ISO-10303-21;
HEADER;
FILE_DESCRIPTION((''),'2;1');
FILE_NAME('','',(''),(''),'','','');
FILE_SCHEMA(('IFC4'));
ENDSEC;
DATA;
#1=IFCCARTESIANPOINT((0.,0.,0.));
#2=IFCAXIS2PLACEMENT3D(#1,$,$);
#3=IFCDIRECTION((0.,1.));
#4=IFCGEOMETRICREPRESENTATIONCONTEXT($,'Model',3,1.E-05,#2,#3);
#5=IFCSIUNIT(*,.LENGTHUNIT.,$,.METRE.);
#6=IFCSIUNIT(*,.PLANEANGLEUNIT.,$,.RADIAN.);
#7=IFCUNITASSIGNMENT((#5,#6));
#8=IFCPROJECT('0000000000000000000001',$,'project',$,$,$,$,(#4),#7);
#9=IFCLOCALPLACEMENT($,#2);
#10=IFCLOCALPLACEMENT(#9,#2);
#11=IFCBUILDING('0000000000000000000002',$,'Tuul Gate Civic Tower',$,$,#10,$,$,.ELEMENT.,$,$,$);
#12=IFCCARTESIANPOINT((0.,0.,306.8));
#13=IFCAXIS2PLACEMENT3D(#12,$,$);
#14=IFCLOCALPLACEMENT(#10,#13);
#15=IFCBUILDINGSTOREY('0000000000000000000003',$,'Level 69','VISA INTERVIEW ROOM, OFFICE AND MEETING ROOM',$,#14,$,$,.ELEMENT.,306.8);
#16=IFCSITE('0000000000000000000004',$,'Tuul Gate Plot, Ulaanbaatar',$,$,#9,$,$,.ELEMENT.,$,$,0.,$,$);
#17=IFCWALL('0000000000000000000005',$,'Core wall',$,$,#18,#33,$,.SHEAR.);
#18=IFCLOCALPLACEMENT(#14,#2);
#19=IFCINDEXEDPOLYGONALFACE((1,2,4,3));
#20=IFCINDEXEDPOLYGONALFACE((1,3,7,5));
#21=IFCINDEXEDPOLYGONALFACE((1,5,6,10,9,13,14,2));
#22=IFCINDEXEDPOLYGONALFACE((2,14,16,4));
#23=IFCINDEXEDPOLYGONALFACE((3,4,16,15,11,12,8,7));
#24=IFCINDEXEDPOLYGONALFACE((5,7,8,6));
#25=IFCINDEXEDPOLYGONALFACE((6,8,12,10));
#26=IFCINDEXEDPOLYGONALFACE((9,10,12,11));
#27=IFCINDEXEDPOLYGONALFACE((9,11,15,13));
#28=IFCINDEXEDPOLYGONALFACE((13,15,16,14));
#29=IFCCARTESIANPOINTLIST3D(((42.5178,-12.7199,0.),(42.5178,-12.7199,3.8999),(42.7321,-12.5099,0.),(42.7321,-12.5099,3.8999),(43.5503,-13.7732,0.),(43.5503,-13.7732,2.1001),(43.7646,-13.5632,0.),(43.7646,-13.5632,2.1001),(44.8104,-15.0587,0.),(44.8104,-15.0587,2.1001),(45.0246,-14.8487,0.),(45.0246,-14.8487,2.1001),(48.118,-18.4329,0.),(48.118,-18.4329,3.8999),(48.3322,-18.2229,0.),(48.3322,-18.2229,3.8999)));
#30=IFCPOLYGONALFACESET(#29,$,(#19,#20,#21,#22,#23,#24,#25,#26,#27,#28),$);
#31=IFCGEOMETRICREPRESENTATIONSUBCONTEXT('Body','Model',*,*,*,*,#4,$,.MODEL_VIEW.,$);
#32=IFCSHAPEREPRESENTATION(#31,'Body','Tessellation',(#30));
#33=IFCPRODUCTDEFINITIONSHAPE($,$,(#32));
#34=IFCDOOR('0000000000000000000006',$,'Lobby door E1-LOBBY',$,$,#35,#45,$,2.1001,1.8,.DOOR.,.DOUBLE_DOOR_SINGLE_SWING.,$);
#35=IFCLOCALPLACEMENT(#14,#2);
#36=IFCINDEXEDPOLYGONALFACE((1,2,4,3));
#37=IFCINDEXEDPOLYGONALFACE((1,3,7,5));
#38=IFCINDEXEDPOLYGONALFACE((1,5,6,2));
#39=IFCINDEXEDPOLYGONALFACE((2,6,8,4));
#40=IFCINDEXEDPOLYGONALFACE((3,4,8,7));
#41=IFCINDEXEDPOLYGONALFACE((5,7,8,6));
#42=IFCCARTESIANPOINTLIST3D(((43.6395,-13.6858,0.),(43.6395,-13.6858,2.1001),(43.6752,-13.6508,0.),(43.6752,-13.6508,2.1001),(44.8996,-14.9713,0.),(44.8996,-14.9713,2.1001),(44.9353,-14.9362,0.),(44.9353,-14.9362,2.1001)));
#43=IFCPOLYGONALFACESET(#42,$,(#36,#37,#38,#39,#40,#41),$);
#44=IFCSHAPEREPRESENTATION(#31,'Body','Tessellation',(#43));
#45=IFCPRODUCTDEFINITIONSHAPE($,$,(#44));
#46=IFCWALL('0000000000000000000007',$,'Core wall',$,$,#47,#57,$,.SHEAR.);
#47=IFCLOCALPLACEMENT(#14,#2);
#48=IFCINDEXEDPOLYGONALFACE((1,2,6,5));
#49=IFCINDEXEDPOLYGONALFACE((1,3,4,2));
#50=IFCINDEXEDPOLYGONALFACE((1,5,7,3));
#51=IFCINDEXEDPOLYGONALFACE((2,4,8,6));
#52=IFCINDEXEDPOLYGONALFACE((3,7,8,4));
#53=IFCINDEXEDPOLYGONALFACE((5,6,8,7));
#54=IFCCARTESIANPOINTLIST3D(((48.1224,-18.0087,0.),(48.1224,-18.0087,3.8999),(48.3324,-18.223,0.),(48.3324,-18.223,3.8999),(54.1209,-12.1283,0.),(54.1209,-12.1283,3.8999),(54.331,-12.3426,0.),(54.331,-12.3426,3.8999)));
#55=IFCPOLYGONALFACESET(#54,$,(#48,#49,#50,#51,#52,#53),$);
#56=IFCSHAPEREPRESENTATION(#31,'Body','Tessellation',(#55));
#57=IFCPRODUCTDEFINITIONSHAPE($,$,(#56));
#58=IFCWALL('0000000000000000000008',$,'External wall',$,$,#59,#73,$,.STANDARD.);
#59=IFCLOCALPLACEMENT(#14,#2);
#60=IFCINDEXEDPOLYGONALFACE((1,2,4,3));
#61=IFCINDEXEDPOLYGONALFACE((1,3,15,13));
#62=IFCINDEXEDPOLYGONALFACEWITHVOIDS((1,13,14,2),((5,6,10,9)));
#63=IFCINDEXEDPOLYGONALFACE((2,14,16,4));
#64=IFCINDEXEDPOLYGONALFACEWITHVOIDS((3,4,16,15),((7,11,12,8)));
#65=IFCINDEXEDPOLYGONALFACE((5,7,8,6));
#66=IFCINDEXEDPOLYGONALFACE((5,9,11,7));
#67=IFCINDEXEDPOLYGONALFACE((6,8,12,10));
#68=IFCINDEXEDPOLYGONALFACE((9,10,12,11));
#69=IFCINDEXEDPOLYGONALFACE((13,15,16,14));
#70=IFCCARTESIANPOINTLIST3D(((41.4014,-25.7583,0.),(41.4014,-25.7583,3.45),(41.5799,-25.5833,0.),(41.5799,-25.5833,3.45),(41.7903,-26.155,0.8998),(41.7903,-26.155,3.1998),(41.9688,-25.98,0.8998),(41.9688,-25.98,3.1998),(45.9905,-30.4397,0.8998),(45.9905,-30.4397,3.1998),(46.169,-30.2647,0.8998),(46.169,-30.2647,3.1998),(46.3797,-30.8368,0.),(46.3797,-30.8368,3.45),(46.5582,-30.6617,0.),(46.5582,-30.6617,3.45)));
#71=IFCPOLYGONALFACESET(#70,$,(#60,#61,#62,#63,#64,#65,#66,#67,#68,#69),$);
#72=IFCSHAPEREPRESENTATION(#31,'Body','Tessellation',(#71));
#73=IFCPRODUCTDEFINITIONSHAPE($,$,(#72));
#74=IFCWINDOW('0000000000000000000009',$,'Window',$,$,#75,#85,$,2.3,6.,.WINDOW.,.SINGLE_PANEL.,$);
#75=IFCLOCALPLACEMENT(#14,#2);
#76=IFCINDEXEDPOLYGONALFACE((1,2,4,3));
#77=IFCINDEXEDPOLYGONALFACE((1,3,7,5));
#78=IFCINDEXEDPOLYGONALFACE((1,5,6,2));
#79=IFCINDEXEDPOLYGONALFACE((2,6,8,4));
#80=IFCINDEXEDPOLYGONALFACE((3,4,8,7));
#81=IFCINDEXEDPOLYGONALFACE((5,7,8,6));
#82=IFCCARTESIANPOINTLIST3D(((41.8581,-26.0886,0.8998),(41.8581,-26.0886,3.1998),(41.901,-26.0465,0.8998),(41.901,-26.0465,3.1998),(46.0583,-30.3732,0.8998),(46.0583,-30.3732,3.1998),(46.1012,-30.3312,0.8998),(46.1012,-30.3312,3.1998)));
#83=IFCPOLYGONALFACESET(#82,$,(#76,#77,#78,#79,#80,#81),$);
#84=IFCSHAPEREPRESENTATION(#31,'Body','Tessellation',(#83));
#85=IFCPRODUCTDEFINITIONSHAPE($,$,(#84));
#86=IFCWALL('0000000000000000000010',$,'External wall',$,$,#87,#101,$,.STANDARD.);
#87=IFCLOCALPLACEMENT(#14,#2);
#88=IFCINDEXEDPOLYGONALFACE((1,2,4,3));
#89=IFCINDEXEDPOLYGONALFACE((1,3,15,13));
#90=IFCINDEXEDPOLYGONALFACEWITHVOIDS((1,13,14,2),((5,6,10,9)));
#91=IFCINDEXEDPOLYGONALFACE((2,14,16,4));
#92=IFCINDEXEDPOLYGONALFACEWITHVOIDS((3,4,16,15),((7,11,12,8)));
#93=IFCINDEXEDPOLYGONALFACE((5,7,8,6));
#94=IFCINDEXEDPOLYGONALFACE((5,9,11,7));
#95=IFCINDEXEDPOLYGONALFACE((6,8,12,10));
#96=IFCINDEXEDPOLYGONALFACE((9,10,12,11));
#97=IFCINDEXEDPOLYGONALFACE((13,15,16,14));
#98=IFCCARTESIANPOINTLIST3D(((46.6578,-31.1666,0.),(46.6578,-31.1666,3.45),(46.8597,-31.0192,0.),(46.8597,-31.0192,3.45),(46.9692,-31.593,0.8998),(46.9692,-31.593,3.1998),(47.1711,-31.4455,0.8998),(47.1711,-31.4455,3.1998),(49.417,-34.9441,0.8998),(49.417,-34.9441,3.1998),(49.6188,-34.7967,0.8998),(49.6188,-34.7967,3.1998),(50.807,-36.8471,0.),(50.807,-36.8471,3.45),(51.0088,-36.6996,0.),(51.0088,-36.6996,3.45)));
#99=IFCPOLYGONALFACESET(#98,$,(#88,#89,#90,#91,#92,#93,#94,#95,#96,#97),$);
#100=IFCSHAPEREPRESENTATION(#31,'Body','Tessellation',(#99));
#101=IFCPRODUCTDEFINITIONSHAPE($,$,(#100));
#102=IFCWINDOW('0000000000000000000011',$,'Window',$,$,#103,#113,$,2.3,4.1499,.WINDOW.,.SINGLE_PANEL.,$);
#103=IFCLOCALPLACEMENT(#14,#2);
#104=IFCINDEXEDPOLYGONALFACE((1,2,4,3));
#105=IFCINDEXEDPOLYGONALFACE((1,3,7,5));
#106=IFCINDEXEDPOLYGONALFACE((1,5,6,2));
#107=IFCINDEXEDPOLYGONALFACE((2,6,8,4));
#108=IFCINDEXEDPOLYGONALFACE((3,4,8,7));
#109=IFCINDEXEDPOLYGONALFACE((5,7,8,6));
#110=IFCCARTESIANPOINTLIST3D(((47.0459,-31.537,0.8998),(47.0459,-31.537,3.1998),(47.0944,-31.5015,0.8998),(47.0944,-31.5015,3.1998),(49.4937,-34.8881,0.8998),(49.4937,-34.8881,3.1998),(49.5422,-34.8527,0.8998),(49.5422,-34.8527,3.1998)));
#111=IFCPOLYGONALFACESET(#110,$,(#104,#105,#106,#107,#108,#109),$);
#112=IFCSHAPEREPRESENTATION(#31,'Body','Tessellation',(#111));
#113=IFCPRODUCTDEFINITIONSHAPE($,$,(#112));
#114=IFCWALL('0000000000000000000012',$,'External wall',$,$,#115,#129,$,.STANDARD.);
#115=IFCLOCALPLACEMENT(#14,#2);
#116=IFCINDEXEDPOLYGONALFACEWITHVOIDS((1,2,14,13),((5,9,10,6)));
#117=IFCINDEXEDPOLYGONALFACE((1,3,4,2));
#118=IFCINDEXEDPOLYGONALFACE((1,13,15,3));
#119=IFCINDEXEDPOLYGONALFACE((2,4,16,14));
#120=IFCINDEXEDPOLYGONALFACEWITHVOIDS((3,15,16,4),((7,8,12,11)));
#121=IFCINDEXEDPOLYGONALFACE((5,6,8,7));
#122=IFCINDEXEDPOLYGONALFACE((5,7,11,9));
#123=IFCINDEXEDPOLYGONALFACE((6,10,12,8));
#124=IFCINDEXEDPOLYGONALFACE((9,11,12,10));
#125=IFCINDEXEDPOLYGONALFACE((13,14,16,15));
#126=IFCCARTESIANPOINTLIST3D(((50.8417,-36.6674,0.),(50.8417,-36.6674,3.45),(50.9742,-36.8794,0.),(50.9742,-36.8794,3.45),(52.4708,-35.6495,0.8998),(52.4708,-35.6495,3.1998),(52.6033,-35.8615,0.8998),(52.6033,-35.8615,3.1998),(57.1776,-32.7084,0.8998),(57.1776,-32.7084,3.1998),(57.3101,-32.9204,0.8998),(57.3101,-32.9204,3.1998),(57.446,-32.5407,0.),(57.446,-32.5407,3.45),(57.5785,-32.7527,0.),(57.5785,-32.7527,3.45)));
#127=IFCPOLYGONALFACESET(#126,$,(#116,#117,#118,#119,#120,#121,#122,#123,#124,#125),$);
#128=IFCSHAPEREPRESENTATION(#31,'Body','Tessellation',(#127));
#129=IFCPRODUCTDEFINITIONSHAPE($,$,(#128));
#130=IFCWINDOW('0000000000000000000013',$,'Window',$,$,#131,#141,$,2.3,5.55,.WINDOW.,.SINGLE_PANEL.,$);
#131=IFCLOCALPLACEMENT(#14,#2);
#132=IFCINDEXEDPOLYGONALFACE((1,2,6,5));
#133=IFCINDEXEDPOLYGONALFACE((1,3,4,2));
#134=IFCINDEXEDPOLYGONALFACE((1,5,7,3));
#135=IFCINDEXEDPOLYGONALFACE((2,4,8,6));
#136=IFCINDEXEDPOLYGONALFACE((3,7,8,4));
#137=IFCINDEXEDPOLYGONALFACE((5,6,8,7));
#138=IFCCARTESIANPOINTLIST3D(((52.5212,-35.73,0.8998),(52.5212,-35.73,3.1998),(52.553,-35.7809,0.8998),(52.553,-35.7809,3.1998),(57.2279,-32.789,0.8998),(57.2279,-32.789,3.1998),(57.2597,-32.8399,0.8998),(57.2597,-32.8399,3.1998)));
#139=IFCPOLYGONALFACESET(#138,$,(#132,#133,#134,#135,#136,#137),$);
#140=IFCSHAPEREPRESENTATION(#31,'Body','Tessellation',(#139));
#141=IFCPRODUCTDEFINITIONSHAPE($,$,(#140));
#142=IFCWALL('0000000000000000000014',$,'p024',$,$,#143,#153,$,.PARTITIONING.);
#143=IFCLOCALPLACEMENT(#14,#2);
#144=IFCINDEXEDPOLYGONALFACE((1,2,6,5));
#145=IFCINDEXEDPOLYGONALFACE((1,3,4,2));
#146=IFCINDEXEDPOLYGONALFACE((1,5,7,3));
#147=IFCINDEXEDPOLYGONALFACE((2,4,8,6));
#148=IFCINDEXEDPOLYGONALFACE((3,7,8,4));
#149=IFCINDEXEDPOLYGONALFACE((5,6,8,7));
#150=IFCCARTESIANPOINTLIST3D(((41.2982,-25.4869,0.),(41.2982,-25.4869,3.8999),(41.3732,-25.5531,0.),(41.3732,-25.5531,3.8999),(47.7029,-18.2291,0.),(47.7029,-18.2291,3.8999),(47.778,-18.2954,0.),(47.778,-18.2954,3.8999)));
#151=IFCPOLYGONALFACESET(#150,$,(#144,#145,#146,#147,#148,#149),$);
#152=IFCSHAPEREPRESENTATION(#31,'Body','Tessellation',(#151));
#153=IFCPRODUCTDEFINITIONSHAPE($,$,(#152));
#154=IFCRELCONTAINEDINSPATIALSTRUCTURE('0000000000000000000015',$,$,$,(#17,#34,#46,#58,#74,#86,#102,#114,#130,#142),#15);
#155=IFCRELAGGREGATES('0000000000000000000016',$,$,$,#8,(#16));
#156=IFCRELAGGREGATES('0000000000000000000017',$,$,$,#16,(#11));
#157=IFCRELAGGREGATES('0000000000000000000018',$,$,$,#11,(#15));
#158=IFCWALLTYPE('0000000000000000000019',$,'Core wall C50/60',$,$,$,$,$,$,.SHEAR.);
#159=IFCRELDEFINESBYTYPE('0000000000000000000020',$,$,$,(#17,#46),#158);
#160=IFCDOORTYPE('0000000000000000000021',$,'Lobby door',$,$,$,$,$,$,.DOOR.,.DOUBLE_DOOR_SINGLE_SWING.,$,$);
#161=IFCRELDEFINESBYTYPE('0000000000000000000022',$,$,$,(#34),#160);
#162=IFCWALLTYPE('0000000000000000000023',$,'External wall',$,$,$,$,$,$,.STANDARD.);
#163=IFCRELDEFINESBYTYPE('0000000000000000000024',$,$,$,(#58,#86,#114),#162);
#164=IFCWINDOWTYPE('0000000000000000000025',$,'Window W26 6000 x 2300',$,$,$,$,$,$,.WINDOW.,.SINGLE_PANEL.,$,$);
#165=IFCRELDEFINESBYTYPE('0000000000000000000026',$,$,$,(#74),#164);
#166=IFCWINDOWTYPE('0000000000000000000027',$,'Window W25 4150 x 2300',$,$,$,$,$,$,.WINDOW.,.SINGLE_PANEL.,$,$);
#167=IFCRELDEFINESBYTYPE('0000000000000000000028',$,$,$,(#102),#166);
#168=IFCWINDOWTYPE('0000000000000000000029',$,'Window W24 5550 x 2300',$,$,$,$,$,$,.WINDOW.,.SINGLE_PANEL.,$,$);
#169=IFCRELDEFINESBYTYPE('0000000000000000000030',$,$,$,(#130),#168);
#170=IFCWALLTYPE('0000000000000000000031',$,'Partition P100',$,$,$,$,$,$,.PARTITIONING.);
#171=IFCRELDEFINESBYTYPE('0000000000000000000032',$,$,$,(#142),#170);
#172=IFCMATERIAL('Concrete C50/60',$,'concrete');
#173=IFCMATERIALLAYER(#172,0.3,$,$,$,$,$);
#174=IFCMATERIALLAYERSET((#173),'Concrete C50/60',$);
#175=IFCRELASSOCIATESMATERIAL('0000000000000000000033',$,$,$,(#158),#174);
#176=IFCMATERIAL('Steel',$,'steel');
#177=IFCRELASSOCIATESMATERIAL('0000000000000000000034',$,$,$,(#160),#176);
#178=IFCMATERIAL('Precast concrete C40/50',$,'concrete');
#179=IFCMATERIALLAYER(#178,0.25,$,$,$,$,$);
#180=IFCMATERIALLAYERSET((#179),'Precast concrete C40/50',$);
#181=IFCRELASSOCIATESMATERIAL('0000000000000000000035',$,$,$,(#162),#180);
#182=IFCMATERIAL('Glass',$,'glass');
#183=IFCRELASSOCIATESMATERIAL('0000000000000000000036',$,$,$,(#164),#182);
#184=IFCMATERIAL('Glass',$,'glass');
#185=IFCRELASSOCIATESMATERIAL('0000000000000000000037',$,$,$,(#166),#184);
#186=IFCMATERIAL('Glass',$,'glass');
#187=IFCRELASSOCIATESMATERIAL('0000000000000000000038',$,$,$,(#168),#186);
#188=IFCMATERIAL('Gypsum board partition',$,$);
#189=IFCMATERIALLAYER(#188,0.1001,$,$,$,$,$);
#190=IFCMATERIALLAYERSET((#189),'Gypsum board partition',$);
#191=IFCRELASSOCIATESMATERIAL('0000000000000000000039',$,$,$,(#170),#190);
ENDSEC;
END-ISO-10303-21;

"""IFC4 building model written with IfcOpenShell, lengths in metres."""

from ifc_helpers import new_model, si_unit, direction, frame, frame_2d, origin, place, context, subcontext, project, spatial, rectangle, extrude, material, layer, layer_set, type_object, element, fill, save


model = new_model("IFC4")

# Units and contexts
model_context = context("Model", 3, precision=1e-05, world=origin(), true_north=direction((0.0, 1.0)))
body_context = subcontext(model_context, "Body", "Model", "MODEL_VIEW")
ifc_project = project(units=[si_unit("LENGTHUNIT", "METRE"), si_unit("PLANEANGLEUNIT", "RADIAN")], contexts=[model_context])

# Site, building, storey
site_placement = place(None, origin())
site = spatial("IfcSite", under=ifc_project, at=site_placement, Name="Tuul Gate Plot, Ulaanbaatar", CompositionType="ELEMENT", RefElevation=0.0)
building_placement = place(site_placement, origin())
building = spatial("IfcBuilding", under=site, at=building_placement, Name="Tuul Gate Civic Tower", CompositionType="ELEMENT")
storey_placement = place(building_placement, frame((0.0, 0.0, 306.8)))
storey = spatial("IfcBuildingStorey", under=building, at=storey_placement, Name="Level 69", Description="VISA INTERVIEW ROOM, OFFICE AND MEETING ROOM", CompositionType="ELEMENT", Elevation=306.8)

# Wall, opening, door
ifc_material_1 = material(Name="Concrete C50/60", Category="concrete")
ifc_layer_1 = layer(ifc_material_1, 0.3)
ifc_layer_set_1 = layer_set([ifc_layer_1], Name="Concrete C50/60")
wall_type_1 = type_object("IfcWallType", Name="Core wall C50/60", PredefinedType="SHEAR", material=ifc_layer_set_1)
wall_1_placement = place(storey_placement, frame((48.2251, -18.3279, 0.0), z_axis=(0.0, 0.0, 1.0), x_axis=(-0.700022, 0.714121, 0.0)))
wall_1 = element("IfcWall", 1, at=wall_1_placement, inside=storey, type_object=wall_type_1, Name="Core wall", PredefinedType="SHEAR", context=body_context, shape_type="SweptSolid", body=[
    extrude(rectangle(XDim=8.0, YDim=0.3, at=frame_2d((4.0, 0.0))), origin(), (0.0, 0.0, 1.0), 3.8999),
])
opening_1_placement = place(wall_1_placement, frame((4.7251, 0.0, 0.0)))
opening_1 = element("IfcOpeningElement", 2, at=opening_1_placement, cuts=wall_1, PredefinedType="OPENING", context=body_context, shape_type="SweptSolid", body=[
    extrude(rectangle(XDim=1.8, YDim=2.1001, at=frame_2d((0.8999, 1.05))), frame((0.0, 0.1602, 0.0), z_axis=(0.0, -1.0, 0.0), x_axis=(1.0, 0.0, 0.0)), (0.0, 0.0, 1.0), 0.3201),
])
ifc_material_2 = material(Name="Steel", Category="steel")
door_type = type_object("IfcDoorType", Name="Lobby door", OperationType="DOUBLE_DOOR_SINGLE_SWING", PredefinedType="DOOR", material=ifc_material_2)
door_placement = place(opening_1_placement, frame((1.8, 0.0, 0.0), z_axis=(0.0, 0.0, 1.0), x_axis=(-1.0, 0.0, 0.0)))
door = element("IfcDoor", 3, at=door_placement, inside=storey, type_object=door_type, Name="Lobby door E1-LOBBY", OperationType="DOUBLE_DOOR_SINGLE_SWING", OverallHeight=2.1001, OverallWidth=1.8, PredefinedType="DOOR", context=body_context, shape_type="SweptSolid", body=[
    extrude(rectangle(XDim=1.8, YDim=2.1001, at=frame_2d((0.9001, 1.05))), frame((0.0, 0.0249, 0.0), z_axis=(0.0, -1.0, 0.0), x_axis=(1.0, 0.0, 0.0)), (0.0, 0.0, 1.0), 0.05),
])
fill(opening_1, door)

# Wall
wall_2_placement = place(storey_placement, frame((48.2273, -18.116, 0.0), z_axis=(0.0, 0.0, 1.0), x_axis=(0.714105, 0.700038, 0.0)))
element("IfcWall", 4, at=wall_2_placement, inside=storey, type_object=wall_type_1, Name="Core wall", PredefinedType="SHEAR", context=body_context, shape_type="SweptSolid", body=[
    extrude(rectangle(XDim=8.4001, YDim=0.3, at=frame_2d((4.2002, 0.0))), origin(), (0.0, 0.0, 1.0), 3.8999),
])

# Walls, openings, windows
ifc_material_3 = material(Name="Precast concrete C40/50", Category="concrete")
ifc_layer_2 = layer(ifc_material_3, 0.25)
ifc_layer_set_2 = layer_set([ifc_layer_2], Name="Precast concrete C40/50")
wall_type_2 = type_object("IfcWallType", Name="External wall", PredefinedType="STANDARD", material=ifc_layer_set_2)
wall_3_placement = place(storey_placement, frame((41.4907, -25.6709, 0.0), z_axis=(0.0, 0.0, 1.0), x_axis=(0.700034, -0.71411, 0.0)))
wall_3 = element("IfcWall", 5, at=wall_3_placement, inside=storey, type_object=wall_type_2, Name="External wall", PredefinedType="STANDARD", context=body_context, shape_type="SweptSolid", body=[
    extrude(rectangle(XDim=7.1116, YDim=0.25, at=frame_2d((3.5557, 0.0))), origin(), (0.0, 0.0, 1.0), 3.45),
])
opening_2_placement = place(wall_3_placement, frame((0.5554, 0.0, 0.8999)))
opening_2 = element("IfcOpeningElement", 6, at=opening_2_placement, cuts=wall_3, PredefinedType="OPENING", context=body_context, shape_type="SweptSolid", body=[
    extrude(rectangle(XDim=6.0, YDim=2.3, at=frame_2d((3.0, 1.1499))), frame((0.0, 0.135, 0.0), z_axis=(0.0, -1.0, 0.0), x_axis=(1.0, 0.0, 0.0)), (0.0, 0.0, 1.0), 0.27),
])
ifc_material_4 = material(Name="Glass", Category="glass")
window_type_1 = type_object("IfcWindowType", Name="Window W26 6000 x 2300", PartitioningType="SINGLE_PANEL", PredefinedType="WINDOW", material=ifc_material_4)
window_1_placement = place(opening_2_placement, origin())
window_1 = element("IfcWindow", 7, at=window_1_placement, inside=storey, type_object=window_type_1, Name="Window", OverallHeight=2.3, OverallWidth=6.0, PartitioningType="SINGLE_PANEL", PredefinedType="WINDOW", context=body_context, shape_type="SweptSolid", body=[
    extrude(rectangle(XDim=6.0, YDim=2.3, at=frame_2d((3.0, 1.1499))), frame((0.0, 0.03, 0.0), z_axis=(0.0, -1.0, 0.0), x_axis=(1.0, 0.0, 0.0)), (0.0, 0.0, 1.0), 0.0601),
])
fill(opening_2, window_1)
wall_4_placement = place(storey_placement, frame((46.7588, -31.093, 0.0), z_axis=(0.0, 0.0, 1.0), x_axis=(0.58984, -0.80752, 0.0)))
wall_4 = element("IfcWall", 8, at=wall_4_placement, inside=storey, type_object=wall_type_2, Name="External wall", PredefinedType="STANDARD", context=body_context, shape_type="SweptSolid", body=[
    extrude(rectangle(XDim=7.0344, YDim=0.25, at=frame_2d((3.5171, 0.0))), origin(), (0.0, 0.0, 1.0), 3.45),
])
opening_3_placement = place(wall_4_placement, frame((0.5278, 0.0, 0.8999)))
opening_3 = element("IfcOpeningElement", 9, at=opening_3_placement, cuts=wall_4, PredefinedType="OPENING", context=body_context, shape_type="SweptSolid", body=[
    extrude(rectangle(XDim=4.1499, YDim=2.3, at=frame_2d((2.075, 1.1499))), frame((0.0, 0.135, 0.0), z_axis=(0.0, -1.0, 0.0), x_axis=(1.0, 0.0, 0.0)), (0.0, 0.0, 1.0), 0.27),
])
ifc_material_5 = material(Name="Glass", Category="glass")
window_type_2 = type_object("IfcWindowType", Name="Window W25 4150 x 2300", PartitioningType="SINGLE_PANEL", PredefinedType="WINDOW", material=ifc_material_5)
window_2_placement = place(opening_3_placement, origin())
window_2 = element("IfcWindow", 10, at=window_2_placement, inside=storey, type_object=window_type_2, Name="Window", OverallHeight=2.3, OverallWidth=4.1499, PartitioningType="SINGLE_PANEL", PredefinedType="WINDOW", context=body_context, shape_type="SweptSolid", body=[
    extrude(rectangle(XDim=4.1499, YDim=2.3, at=frame_2d((2.075, 1.1499))), frame((0.0, 0.03, 0.0), z_axis=(0.0, -1.0, 0.0), x_axis=(1.0, 0.0, 0.0)), (0.0, 0.0, 1.0), 0.0601),
])
fill(opening_3, window_2)
wall_5_placement = place(storey_placement, frame((50.908, -36.7734, 0.0), z_axis=(0.0, 0.0, 1.0), x_axis=(0.848053, 0.529912, 0.0)))
wall_5 = element("IfcWall", 11, at=wall_5_placement, inside=storey, type_object=wall_type_2, Name="External wall", PredefinedType="STANDARD", context=body_context, shape_type="SweptSolid", body=[
    extrude(rectangle(XDim=7.7876, YDim=0.25, at=frame_2d((3.8938, 0.0))), origin(), (0.0, 0.0, 1.0), 3.45),
])
opening_4_placement = place(wall_5_placement, frame((1.9211, 0.0, 0.8999)))
opening_4 = element("IfcOpeningElement", 12, at=opening_4_placement, cuts=wall_5, PredefinedType="OPENING", context=body_context, shape_type="SweptSolid", body=[
    extrude(rectangle(XDim=5.55, YDim=2.3, at=frame_2d((2.7749, 1.1499))), frame((0.0, 0.135, 0.0), z_axis=(0.0, -1.0, 0.0), x_axis=(1.0, 0.0, 0.0)), (0.0, 0.0, 1.0), 0.27),
])
ifc_material_6 = material(Name="Glass", Category="glass")
window_type_3 = type_object("IfcWindowType", Name="Window W24 5550 x 2300", PartitioningType="SINGLE_PANEL", PredefinedType="WINDOW", material=ifc_material_6)
window_3_placement = place(opening_4_placement, origin())
window_3 = element("IfcWindow", 13, at=window_3_placement, inside=storey, type_object=window_type_3, Name="Window", OverallHeight=2.3, OverallWidth=5.55, PartitioningType="SINGLE_PANEL", PredefinedType="WINDOW", context=body_context, shape_type="SweptSolid", body=[
    extrude(rectangle(XDim=5.55, YDim=2.3, at=frame_2d((2.7749, 1.1499))), frame((0.0, 0.03, 0.0), z_axis=(0.0, -1.0, 0.0), x_axis=(1.0, 0.0, 0.0)), (0.0, 0.0, 1.0), 0.0601),
])
fill(opening_4, window_3)

# Wall
ifc_material_7 = material(Name="Gypsum board partition")
ifc_layer_3 = layer(ifc_material_7, 0.1001)
ifc_layer_set_3 = layer_set([ifc_layer_3], Name="Gypsum board partition")
wall_type_3 = type_object("IfcWallType", Name="Partition P100", PredefinedType="PARTITIONING", material=ifc_layer_set_3)
wall_6_placement = place(storey_placement, frame((41.3357, -25.52, 0.0), z_axis=(0.0, 0.0, 1.0), x_axis=(0.66167, 0.749795, 0.0)))
element("IfcWall", 14, at=wall_6_placement, inside=storey, type_object=wall_type_3, Name="p024", PredefinedType="PARTITIONING", context=body_context, shape_type="SweptSolid", body=[
    extrude(rectangle(XDim=9.6797, YDim=0.1001, at=frame_2d((4.8398, 0.0))), origin(), (0.0, 0.0, 1.0), 3.8999),
])

save(model, "model.ifc")
